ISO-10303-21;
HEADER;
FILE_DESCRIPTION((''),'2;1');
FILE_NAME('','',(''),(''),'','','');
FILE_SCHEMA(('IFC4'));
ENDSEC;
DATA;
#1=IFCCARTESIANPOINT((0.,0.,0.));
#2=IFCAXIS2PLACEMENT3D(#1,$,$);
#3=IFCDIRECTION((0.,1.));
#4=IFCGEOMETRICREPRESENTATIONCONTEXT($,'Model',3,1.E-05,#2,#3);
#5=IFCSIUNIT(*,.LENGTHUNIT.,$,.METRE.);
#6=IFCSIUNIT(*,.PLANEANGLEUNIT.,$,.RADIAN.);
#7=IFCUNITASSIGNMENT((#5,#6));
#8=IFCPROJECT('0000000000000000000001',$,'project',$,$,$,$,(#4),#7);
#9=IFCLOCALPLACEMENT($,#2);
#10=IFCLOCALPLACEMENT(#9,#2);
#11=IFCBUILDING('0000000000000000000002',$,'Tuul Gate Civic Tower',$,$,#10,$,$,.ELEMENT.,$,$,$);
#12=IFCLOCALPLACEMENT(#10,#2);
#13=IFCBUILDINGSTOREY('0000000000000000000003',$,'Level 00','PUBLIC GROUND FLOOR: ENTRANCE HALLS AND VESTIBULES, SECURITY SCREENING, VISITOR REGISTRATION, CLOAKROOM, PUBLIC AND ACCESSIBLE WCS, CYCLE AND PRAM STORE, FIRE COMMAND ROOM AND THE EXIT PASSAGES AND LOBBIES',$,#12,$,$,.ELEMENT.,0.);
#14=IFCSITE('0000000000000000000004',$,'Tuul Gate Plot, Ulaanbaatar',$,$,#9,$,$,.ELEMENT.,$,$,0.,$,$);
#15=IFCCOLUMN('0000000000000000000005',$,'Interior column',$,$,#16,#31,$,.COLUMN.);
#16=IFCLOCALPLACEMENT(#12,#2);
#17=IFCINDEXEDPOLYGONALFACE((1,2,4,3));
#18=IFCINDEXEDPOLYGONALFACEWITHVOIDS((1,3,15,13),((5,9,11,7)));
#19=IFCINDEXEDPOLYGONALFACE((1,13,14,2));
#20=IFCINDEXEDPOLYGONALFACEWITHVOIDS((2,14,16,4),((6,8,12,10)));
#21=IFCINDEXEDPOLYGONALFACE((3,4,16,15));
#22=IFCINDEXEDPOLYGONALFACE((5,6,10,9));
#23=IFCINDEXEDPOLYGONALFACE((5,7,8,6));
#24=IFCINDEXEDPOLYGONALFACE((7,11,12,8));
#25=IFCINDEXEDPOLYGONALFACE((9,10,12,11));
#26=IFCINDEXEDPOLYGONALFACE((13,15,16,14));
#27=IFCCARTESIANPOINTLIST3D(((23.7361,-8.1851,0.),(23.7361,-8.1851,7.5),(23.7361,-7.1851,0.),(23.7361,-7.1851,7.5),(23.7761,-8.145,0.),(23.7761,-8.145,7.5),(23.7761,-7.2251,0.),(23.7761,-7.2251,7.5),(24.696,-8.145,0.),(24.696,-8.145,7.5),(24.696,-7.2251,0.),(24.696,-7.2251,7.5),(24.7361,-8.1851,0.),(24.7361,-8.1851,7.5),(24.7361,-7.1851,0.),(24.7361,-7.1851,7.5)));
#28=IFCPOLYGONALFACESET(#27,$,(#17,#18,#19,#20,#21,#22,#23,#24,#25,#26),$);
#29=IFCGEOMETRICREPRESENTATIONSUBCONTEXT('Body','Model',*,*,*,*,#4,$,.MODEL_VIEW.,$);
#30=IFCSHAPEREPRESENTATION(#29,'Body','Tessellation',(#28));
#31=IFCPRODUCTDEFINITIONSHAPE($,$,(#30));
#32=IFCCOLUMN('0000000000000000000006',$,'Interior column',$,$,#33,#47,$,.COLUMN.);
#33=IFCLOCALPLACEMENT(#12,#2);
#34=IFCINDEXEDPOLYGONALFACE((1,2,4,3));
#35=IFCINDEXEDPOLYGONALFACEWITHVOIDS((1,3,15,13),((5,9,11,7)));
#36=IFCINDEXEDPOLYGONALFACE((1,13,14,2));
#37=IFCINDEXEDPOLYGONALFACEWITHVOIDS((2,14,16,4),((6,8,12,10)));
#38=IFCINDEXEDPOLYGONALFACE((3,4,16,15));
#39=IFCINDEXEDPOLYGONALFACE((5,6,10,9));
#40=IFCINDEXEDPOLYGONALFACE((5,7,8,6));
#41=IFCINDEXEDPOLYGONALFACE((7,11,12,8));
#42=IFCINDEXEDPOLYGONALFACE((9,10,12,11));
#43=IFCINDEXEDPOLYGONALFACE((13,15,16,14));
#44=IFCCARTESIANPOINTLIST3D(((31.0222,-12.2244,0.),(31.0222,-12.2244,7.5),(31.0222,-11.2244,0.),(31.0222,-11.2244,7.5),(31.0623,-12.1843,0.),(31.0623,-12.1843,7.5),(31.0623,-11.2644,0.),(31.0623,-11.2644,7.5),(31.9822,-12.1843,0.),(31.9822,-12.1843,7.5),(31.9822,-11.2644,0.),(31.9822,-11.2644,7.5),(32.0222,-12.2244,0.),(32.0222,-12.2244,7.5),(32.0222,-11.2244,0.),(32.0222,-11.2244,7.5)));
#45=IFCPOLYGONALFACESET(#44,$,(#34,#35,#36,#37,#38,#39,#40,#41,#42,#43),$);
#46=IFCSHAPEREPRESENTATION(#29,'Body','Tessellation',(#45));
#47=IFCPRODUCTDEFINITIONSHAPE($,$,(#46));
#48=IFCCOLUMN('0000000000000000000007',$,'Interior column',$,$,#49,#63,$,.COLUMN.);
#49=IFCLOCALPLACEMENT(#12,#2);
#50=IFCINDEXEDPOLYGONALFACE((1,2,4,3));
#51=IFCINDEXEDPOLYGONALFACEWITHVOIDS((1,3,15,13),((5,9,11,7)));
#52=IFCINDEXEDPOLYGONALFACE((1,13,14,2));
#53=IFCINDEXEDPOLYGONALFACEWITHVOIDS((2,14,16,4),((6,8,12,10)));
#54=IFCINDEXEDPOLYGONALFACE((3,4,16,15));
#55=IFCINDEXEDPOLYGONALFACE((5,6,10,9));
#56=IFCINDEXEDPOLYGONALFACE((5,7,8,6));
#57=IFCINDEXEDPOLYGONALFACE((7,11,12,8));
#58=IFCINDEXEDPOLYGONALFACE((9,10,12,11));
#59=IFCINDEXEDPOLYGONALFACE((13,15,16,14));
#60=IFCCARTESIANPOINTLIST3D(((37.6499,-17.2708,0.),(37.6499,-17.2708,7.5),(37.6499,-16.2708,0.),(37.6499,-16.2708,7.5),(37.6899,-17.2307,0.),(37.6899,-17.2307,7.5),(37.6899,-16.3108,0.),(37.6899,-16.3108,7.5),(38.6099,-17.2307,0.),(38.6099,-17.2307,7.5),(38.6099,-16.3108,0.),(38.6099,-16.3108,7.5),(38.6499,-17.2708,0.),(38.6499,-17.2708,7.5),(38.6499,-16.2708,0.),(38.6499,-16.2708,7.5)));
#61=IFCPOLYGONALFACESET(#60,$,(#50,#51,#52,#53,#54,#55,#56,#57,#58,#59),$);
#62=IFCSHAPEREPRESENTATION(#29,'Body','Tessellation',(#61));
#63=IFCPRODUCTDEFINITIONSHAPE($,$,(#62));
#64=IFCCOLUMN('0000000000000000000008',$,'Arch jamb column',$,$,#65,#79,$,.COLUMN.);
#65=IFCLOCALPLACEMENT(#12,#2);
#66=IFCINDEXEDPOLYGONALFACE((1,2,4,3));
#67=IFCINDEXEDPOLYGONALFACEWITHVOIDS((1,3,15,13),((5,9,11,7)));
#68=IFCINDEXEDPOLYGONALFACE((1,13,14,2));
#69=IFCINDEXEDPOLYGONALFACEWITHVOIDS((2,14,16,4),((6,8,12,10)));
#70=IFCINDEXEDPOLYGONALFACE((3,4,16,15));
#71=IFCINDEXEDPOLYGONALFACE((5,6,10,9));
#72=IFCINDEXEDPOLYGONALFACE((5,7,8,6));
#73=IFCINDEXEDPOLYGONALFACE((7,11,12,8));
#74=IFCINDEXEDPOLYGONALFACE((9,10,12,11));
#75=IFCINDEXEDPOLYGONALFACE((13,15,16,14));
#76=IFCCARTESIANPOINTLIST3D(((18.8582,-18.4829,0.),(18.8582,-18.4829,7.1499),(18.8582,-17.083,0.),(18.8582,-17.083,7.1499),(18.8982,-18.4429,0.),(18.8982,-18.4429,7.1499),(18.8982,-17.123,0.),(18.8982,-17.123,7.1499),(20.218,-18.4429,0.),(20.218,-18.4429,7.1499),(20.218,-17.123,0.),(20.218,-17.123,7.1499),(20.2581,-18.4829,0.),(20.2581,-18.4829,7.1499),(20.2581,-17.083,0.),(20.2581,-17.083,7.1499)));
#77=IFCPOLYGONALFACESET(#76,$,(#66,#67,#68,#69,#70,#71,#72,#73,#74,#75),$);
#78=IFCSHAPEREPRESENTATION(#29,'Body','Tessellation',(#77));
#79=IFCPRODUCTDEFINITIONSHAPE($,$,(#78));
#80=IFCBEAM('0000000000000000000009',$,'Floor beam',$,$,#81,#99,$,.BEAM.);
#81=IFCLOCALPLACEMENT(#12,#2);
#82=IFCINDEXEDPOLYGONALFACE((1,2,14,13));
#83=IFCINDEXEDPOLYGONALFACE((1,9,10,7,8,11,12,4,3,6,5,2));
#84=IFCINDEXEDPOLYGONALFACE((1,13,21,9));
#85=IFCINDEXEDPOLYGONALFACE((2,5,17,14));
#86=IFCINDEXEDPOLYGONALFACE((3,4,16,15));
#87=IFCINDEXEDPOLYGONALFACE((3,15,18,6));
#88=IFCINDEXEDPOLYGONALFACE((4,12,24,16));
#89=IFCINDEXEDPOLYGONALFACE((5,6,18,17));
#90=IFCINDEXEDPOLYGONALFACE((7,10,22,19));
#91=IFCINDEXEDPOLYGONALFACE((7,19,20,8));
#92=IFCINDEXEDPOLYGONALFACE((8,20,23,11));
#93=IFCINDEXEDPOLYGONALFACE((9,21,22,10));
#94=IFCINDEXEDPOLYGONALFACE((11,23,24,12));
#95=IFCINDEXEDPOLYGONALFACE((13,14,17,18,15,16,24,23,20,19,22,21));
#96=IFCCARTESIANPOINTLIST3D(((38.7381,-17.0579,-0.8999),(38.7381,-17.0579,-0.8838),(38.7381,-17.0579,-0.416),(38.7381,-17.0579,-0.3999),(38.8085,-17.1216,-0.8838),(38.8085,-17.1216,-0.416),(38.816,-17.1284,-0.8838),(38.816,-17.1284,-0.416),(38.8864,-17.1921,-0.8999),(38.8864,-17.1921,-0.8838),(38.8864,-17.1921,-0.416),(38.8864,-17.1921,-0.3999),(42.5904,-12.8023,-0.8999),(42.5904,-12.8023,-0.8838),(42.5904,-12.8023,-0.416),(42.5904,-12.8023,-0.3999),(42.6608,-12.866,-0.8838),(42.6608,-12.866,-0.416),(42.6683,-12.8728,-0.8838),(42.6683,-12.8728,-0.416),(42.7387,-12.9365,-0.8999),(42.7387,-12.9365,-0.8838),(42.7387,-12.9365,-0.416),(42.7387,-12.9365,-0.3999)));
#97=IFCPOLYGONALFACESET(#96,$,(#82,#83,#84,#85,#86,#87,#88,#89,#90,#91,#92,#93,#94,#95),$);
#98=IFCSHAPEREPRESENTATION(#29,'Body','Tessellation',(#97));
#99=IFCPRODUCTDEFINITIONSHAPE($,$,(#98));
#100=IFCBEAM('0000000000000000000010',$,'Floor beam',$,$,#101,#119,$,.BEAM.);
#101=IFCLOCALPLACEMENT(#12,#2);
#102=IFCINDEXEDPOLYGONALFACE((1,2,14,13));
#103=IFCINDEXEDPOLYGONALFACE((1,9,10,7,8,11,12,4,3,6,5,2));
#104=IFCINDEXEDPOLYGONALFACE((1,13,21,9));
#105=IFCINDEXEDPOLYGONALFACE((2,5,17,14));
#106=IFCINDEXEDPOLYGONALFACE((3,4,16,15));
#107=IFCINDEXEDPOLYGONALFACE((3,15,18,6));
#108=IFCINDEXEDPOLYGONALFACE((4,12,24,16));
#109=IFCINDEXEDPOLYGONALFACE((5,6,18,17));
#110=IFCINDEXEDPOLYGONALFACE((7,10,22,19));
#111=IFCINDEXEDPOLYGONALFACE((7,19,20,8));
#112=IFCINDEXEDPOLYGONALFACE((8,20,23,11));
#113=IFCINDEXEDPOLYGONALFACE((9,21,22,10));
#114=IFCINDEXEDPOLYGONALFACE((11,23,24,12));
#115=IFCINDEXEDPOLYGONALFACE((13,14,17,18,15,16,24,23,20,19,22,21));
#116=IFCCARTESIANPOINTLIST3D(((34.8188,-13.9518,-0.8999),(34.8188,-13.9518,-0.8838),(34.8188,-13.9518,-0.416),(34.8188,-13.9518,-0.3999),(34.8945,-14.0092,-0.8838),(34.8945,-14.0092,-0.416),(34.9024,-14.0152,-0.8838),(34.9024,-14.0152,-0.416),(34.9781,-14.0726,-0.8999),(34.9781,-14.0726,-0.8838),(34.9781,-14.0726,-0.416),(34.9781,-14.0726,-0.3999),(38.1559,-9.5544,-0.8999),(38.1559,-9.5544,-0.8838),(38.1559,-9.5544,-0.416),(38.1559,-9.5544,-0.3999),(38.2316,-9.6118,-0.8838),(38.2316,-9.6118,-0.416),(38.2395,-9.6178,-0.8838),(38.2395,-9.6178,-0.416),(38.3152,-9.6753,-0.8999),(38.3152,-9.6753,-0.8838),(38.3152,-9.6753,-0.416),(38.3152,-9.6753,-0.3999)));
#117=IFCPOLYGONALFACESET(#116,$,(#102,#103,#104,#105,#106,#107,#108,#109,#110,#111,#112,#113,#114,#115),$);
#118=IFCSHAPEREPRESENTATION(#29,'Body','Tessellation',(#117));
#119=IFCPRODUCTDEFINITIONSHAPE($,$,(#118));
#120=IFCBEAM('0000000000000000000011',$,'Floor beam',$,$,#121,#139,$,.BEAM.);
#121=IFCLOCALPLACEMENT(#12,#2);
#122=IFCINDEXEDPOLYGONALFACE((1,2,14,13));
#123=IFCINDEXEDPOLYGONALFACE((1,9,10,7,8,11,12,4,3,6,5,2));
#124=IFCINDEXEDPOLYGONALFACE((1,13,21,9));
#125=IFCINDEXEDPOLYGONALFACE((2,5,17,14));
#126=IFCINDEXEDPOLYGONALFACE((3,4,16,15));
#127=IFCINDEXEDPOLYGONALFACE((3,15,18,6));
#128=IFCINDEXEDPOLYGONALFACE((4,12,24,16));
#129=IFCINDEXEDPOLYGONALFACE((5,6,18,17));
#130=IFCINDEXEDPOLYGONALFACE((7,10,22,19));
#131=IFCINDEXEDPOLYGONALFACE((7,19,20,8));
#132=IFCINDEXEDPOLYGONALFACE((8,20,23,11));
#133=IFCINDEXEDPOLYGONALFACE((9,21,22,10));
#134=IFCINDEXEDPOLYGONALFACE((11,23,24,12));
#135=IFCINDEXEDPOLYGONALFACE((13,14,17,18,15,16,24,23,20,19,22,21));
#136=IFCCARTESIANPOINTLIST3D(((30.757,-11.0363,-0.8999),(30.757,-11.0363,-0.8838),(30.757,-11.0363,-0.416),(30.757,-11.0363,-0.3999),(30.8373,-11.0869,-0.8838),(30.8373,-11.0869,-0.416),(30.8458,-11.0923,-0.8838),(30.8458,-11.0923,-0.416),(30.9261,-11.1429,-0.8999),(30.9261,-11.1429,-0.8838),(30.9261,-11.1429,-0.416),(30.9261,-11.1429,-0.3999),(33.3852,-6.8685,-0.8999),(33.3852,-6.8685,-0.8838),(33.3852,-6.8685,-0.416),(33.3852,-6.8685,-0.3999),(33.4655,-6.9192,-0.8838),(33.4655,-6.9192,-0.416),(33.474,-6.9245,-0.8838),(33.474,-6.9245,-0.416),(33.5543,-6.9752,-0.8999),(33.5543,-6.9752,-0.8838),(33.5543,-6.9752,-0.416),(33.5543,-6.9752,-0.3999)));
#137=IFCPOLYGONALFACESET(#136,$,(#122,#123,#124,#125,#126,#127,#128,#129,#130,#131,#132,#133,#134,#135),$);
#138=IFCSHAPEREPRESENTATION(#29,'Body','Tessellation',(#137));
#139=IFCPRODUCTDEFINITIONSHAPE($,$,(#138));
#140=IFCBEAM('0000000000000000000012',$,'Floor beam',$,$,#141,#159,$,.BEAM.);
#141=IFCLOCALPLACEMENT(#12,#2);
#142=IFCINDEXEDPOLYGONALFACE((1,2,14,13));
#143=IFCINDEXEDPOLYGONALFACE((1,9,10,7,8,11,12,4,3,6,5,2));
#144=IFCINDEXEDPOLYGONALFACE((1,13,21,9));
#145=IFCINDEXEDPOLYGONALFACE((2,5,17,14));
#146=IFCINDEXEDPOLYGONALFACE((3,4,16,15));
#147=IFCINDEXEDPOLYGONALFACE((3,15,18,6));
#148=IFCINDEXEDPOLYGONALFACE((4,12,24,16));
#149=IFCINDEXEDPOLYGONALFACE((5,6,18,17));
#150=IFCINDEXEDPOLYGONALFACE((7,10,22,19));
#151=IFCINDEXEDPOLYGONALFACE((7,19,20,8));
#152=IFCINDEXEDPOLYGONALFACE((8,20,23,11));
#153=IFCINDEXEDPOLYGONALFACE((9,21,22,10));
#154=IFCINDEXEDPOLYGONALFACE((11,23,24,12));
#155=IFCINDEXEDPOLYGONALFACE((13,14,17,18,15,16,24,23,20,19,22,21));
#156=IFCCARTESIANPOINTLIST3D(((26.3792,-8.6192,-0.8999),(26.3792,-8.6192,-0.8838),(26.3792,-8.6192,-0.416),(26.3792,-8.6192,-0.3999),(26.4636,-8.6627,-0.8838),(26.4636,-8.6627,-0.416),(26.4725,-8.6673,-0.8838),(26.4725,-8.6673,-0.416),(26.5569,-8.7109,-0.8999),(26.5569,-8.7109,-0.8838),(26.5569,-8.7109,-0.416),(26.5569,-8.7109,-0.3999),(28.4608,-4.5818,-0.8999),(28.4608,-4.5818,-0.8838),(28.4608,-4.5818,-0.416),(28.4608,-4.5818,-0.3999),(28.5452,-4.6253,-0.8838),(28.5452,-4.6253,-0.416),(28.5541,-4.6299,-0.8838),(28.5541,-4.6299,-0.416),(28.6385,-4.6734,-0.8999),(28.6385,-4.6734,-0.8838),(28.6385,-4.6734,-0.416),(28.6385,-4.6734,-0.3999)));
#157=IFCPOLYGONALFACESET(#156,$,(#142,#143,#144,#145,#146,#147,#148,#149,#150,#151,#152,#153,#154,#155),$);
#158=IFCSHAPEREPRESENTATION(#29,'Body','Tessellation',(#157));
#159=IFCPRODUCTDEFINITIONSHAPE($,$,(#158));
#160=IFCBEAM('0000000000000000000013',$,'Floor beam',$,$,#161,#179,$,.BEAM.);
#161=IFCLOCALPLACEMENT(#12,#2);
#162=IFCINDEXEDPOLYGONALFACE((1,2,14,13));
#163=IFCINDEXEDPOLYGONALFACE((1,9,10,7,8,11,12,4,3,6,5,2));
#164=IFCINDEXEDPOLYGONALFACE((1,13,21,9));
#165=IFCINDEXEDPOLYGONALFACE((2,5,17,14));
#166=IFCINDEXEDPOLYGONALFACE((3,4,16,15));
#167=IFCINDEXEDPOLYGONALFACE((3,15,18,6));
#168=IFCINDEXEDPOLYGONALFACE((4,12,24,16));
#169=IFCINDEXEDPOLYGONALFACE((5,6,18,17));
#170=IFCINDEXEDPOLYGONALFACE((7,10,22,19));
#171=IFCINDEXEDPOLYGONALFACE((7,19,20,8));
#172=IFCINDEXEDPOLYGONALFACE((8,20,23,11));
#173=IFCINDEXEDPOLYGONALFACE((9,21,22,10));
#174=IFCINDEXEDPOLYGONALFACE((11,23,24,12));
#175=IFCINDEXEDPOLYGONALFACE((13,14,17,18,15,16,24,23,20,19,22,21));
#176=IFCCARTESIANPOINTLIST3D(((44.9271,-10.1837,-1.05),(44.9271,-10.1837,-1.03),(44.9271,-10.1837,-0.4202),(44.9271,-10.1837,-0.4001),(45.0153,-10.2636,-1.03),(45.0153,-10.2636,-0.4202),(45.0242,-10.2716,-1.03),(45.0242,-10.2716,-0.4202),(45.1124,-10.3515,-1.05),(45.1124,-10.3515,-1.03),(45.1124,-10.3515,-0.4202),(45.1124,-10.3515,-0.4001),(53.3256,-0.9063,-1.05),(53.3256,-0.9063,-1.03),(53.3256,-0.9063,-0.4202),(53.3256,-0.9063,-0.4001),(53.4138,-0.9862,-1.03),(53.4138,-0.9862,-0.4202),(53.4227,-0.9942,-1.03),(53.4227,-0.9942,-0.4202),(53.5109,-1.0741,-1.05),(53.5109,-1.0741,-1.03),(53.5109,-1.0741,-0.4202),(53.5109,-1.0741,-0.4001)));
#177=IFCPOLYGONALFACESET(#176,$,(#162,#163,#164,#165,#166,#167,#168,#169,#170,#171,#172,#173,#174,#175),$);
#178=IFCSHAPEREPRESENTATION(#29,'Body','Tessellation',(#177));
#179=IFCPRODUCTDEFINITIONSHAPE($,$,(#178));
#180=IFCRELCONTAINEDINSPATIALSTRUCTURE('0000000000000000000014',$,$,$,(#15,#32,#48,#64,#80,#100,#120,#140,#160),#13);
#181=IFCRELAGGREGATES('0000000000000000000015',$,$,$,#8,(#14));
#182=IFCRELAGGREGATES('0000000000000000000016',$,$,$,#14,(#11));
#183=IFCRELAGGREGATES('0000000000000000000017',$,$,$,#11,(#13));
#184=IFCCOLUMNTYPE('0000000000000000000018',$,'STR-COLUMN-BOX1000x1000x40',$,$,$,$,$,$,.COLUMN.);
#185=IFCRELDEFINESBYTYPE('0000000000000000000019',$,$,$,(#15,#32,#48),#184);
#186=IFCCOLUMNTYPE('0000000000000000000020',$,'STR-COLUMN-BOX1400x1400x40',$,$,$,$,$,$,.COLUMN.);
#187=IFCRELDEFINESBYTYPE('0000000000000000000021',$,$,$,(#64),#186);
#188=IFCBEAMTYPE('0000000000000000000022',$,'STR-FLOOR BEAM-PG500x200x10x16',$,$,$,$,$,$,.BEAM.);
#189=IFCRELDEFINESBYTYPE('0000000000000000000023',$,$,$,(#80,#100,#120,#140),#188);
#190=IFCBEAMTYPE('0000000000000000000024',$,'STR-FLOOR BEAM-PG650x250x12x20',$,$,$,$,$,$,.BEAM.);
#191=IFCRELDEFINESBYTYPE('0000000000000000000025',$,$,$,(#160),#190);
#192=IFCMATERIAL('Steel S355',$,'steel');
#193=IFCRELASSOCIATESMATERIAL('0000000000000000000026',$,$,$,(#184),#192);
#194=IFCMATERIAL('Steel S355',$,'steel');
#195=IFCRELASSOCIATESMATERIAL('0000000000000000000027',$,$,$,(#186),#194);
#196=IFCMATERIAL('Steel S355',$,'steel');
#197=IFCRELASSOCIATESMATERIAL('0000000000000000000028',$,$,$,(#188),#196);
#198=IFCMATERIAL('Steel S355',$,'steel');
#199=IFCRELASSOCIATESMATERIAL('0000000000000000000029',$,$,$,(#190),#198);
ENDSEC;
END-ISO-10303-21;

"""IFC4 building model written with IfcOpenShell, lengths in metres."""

from ifc_helpers import new_model, si_unit, direction, frame, origin, origin_2d, place, context, subcontext, project, spatial, hollow_rectangle, i_section, extrude, material, material_profile, profile_set, type_object, element, save


model = new_model("IFC4")

# Units and contexts
model_context = context("Model", 3, precision=1e-05, world=origin(), true_north=direction((0.0, 1.0)))
body_context = subcontext(model_context, "Body", "Model", "MODEL_VIEW")
ifc_project = project(units=[si_unit("LENGTHUNIT", "METRE"), si_unit("PLANEANGLEUNIT", "RADIAN")], contexts=[model_context])

# Site, building, storey
site_placement = place(None, origin())
site = spatial("IfcSite", under=ifc_project, at=site_placement, Name="Tuul Gate Plot, Ulaanbaatar", CompositionType="ELEMENT", RefElevation=0.0)
building_placement = place(site_placement, origin())
building = spatial("IfcBuilding", under=site, at=building_placement, Name="Tuul Gate Civic Tower", CompositionType="ELEMENT")
storey_placement = place(building_placement, origin())
storey = spatial("IfcBuildingStorey", under=building, at=storey_placement, Name="Level 00", Description="PUBLIC GROUND FLOOR: ENTRANCE HALLS AND VESTIBULES, SECURITY SCREENING, VISITOR REGISTRATION, CLOAKROOM, PUBLIC AND ACCESSIBLE WCS, CYCLE AND PRAM STORE, FIRE COMMAND ROOM AND THE EXIT PASSAGES AND LOBBIES", CompositionType="ELEMENT", Elevation=0.0)

# Columns
ifc_material_1 = material(Name="Steel S355", Category="steel")
ifc_material_profile_1 = material_profile(ifc_material_1, hollow_rectangle(XDim=1.0, YDim=1.0, WallThickness=0.04, at=origin_2d()), Name="BOX1000x1000x40")
ifc_profile_set_1 = profile_set([ifc_material_profile_1], Name="Steel S355")
column_type_1 = type_object("IfcColumnType", Name="STR-COLUMN-BOX1000x1000x40", PredefinedType="COLUMN", material=ifc_profile_set_1)
for number, where, z_axis, x_axis, name in (
    (1, (24.2361, -7.6851, 0.0), (0.0, 0.0, 1.0), (1.0, 0.0, 0.0), "Interior column"),
    (2, (31.5222, -11.7244, 0.0), (0.0, 0.0, 1.0), (1.0, 0.0, 0.0), "Interior column"),
    (3, (38.1499, -16.7708, 0.0), (0.0, 0.0, 1.0), (1.0, 0.0, 0.0), "Interior column"),
):
    element("IfcColumn", number, at=place(storey_placement, frame(where, z_axis=z_axis, x_axis=x_axis)), inside=storey, type_object=column_type_1, Name=name, PredefinedType="COLUMN", context=body_context, shape_type="SweptSolid", body=[
        extrude(hollow_rectangle(XDim=1.0, YDim=1.0, WallThickness=0.04, at=origin_2d()), origin(), (0.0, 0.0, 1.0), 7.5),
    ])
ifc_material_2 = material(Name="Steel S355", Category="steel")
ifc_material_profile_2 = material_profile(ifc_material_2, hollow_rectangle(XDim=1.3999, YDim=1.3999, WallThickness=0.04, at=origin_2d()), Name="BOX1400x1400x40")
ifc_profile_set_2 = profile_set([ifc_material_profile_2], Name="Steel S355")
column_type_2 = type_object("IfcColumnType", Name="STR-COLUMN-BOX1400x1400x40", PredefinedType="COLUMN", material=ifc_profile_set_2)
column_placement = place(storey_placement, frame((19.5581, -17.783, 0.0), z_axis=(0.0, 0.0, 1.0), x_axis=(1.0, 0.0, 0.0)))
element("IfcColumn", 4, at=column_placement, inside=storey, type_object=column_type_2, Name="Arch jamb column", PredefinedType="COLUMN", context=body_context, shape_type="SweptSolid", body=[
    extrude(hollow_rectangle(XDim=1.3999, YDim=1.3999, WallThickness=0.04, at=origin_2d()), origin(), (0.0, 0.0, 1.0), 7.1499),
])

# Beams
ifc_material_3 = material(Name="Steel S355", Category="steel")
ifc_material_profile_3 = material_profile(ifc_material_3, i_section(OverallWidth=0.2, OverallDepth=0.5, WebThickness=0.01, FlangeThickness=0.0161, at=origin_2d()), Name="PG500x200x10x16")
ifc_profile_set_3 = profile_set([ifc_material_profile_3], Name="Steel S355")
beam_type_1 = type_object("IfcBeamType", Name="STR-FLOOR BEAM-PG500x200x10x16", PredefinedType="BEAM", material=ifc_profile_set_3)
beam_1_placement = place(storey_placement, frame((38.8123, -17.125, -0.6499), z_axis=(0.671103, 0.741364, 0.0), x_axis=(-0.741364, 0.671103, 0.0)))
element("IfcBeam", 5, at=beam_1_placement, inside=storey, type_object=beam_type_1, Name="Floor beam", PredefinedType="BEAM", context=body_context, shape_type="SweptSolid", body=[
    extrude(i_section(OverallWidth=0.2, OverallDepth=0.5, WebThickness=0.01, FlangeThickness=0.0161, at=origin_2d()), origin(), (0.0, 0.0, 1.0), 5.7402),
])
beam_2_placement = place(storey_placement, frame((34.8984, -14.0122, -0.6499), z_axis=(0.604519, 0.796591, 0.0), x_axis=(-0.796591, 0.604519, 0.0)))
element("IfcBeam", 6, at=beam_2_placement, inside=storey, type_object=beam_type_1, Name="Floor beam", PredefinedType="BEAM", context=body_context, shape_type="SweptSolid", body=[
    extrude(i_section(OverallWidth=0.2, OverallDepth=0.5, WebThickness=0.01, FlangeThickness=0.0161, at=origin_2d()), origin(), (0.0, 0.0, 1.0), 5.5203),
])
beam_3_placement = place(storey_placement, frame((30.8416, -11.0896, -0.6499), z_axis=(0.533402, 0.845862, 0.0), x_axis=(-0.845862, 0.533402, 0.0)))
element("IfcBeam", 7, at=beam_3_placement, inside=storey, type_object=beam_type_1, Name="Floor beam", PredefinedType="BEAM", context=body_context, shape_type="SweptSolid", body=[
    extrude(i_section(OverallWidth=0.2, OverallDepth=0.5, WebThickness=0.01, FlangeThickness=0.0161, at=origin_2d()), origin(), (0.0, 0.0, 1.0), 4.9272),
])
beam_4_placement = place(storey_placement, frame((26.468, -8.665, -0.6499), z_axis=(0.458251, 0.888823, 0.0), x_axis=(-0.888823, 0.458251, 0.0)))
element("IfcBeam", 8, at=beam_4_placement, inside=storey, type_object=beam_type_1, Name="Floor beam", PredefinedType="BEAM", context=body_context, shape_type="SweptSolid", body=[
    extrude(i_section(OverallWidth=0.2, OverallDepth=0.5, WebThickness=0.01, FlangeThickness=0.0161, at=origin_2d()), origin(), (0.0, 0.0, 1.0), 4.5425),
])
ifc_material_4 = material(Name="Steel S355", Category="steel")
ifc_material_profile_4 = material_profile(ifc_material_4, i_section(OverallWidth=0.25, OverallDepth=0.6499, WebThickness=0.012, FlangeThickness=0.02, at=origin_2d()), Name="PG650x250x12x20")
ifc_profile_set_4 = profile_set([ifc_material_profile_4], Name="Steel S355")
beam_type_2 = type_object("IfcBeamType", Name="STR-FLOOR BEAM-PG650x250x12x20", PredefinedType="BEAM", material=ifc_profile_set_4)
beam_5_placement = place(storey_placement, frame((45.0198, -10.2676, -0.7251), z_axis=(0.671118, 0.741351, 0.0), x_axis=(-0.741351, 0.671118, 0.0)))
element("IfcBeam", 9, at=beam_5_placement, inside=storey, type_object=beam_type_2, Name="Floor beam", PredefinedType="BEAM", context=body_context, shape_type="SweptSolid", body=[
    extrude(i_section(OverallWidth=0.25, OverallDepth=0.6499, WebThickness=0.012, FlangeThickness=0.02, at=origin_2d()), origin(), (0.0, 0.0, 1.0), 12.5142),
])

save(model, "model.ifc")
